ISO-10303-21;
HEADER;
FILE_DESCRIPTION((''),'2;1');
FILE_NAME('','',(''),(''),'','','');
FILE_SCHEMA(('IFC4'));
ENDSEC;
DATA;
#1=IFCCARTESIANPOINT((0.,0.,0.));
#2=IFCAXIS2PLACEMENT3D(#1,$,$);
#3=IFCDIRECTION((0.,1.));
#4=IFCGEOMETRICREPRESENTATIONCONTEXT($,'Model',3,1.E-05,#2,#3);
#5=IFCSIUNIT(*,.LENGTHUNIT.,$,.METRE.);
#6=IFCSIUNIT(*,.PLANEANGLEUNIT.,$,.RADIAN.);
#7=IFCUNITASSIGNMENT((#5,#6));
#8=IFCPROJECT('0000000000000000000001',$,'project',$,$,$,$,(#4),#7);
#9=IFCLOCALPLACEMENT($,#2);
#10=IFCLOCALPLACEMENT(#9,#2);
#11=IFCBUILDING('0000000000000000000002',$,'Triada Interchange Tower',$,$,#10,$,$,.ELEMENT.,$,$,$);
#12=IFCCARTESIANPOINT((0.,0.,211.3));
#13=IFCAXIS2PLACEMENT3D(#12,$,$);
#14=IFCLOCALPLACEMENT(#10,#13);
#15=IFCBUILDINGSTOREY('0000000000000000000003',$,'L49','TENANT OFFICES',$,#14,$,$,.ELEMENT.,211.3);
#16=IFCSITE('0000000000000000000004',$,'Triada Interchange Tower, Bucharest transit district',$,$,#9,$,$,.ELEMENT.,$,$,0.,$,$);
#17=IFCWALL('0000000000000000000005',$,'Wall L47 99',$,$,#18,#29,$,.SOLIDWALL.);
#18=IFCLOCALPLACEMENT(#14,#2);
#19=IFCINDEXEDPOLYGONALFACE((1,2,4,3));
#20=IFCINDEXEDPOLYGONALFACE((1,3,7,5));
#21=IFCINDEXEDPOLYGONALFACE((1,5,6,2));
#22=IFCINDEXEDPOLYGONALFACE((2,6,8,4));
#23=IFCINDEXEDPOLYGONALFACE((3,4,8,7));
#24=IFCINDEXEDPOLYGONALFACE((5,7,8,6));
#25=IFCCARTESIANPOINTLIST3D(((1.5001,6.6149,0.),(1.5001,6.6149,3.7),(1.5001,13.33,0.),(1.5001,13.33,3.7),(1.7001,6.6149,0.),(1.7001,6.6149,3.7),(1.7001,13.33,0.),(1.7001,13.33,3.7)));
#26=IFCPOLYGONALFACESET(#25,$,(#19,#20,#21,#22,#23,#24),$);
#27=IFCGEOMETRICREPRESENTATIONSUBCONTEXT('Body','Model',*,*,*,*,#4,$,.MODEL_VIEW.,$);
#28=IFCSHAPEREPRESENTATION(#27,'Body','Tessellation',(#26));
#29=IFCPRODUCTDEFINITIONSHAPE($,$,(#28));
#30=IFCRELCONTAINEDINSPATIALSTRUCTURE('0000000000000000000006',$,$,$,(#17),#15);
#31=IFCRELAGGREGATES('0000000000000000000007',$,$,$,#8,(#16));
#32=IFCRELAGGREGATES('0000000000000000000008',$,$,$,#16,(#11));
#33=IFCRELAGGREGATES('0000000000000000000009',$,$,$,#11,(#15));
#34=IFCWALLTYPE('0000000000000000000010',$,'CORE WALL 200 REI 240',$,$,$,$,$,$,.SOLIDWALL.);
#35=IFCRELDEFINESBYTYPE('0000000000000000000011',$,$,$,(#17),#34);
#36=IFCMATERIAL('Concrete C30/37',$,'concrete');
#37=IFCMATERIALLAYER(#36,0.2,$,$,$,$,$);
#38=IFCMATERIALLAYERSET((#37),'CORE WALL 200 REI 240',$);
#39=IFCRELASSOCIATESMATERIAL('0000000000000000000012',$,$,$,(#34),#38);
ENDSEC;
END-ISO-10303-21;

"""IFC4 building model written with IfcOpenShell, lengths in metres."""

from ifc_helpers import new_model, si_unit, direction, frame, frame_2d, origin, place, context, subcontext, project, spatial, rectangle, extrude, material, layer, layer_set, type_object, element, save


model = new_model("IFC4")

# Units and contexts
model_context = context("Model", 3, precision=1e-05, world=origin(), true_north=direction((0.0, 1.0)))
body_context = subcontext(model_context, "Body", "Model", "MODEL_VIEW")
ifc_project = project(units=[si_unit("LENGTHUNIT", "METRE"), si_unit("PLANEANGLEUNIT", "RADIAN")], contexts=[model_context])

# Site, building, storey
site_placement = place(None, origin())
site = spatial("IfcSite", under=ifc_project, at=site_placement, Name="Triada Interchange Tower, Bucharest transit district", CompositionType="ELEMENT", RefElevation=0.0)
building_placement = place(site_placement, origin())
building = spatial("IfcBuilding", under=site, at=building_placement, Name="Triada Interchange Tower", CompositionType="ELEMENT")
storey_placement = place(building_placement, frame((0.0, 0.0, 211.3)))
storey = spatial("IfcBuildingStorey", under=building, at=storey_placement, Name="L49", Description="TENANT OFFICES", CompositionType="ELEMENT", Elevation=211.3)

# Shared definitions
ifc_material_1 = material(Name="Concrete C30/37", Category="concrete")

# Wall
ifc_layer_1 = layer(ifc_material_1, 0.2)
ifc_layer_set_1 = layer_set([ifc_layer_1], Name="CORE WALL 200 REI 240")
wall_type_1 = type_object("IfcWallType", Name="CORE WALL 200 REI 240", PredefinedType="SOLIDWALL", material=ifc_layer_set_1)
wall_1_placement = place(storey_placement, frame((1.6001, 6.615, 0.0), z_axis=(0.0, 0.0, 1.0), x_axis=(0.0, 1.0, 0.0)))
element("IfcWall", 1, at=wall_1_placement, inside=storey, type_object=wall_type_1, Name="Wall L47 99", PredefinedType="SOLIDWALL", context=body_context, shape_type="SweptSolid", body=[
    extrude(rectangle(XDim=6.7151, YDim=0.2, at=frame_2d((3.3574, 0.0))), origin(), (0.0, 0.0, 1.0), 3.7),
])

save(model, "model.ifc")
